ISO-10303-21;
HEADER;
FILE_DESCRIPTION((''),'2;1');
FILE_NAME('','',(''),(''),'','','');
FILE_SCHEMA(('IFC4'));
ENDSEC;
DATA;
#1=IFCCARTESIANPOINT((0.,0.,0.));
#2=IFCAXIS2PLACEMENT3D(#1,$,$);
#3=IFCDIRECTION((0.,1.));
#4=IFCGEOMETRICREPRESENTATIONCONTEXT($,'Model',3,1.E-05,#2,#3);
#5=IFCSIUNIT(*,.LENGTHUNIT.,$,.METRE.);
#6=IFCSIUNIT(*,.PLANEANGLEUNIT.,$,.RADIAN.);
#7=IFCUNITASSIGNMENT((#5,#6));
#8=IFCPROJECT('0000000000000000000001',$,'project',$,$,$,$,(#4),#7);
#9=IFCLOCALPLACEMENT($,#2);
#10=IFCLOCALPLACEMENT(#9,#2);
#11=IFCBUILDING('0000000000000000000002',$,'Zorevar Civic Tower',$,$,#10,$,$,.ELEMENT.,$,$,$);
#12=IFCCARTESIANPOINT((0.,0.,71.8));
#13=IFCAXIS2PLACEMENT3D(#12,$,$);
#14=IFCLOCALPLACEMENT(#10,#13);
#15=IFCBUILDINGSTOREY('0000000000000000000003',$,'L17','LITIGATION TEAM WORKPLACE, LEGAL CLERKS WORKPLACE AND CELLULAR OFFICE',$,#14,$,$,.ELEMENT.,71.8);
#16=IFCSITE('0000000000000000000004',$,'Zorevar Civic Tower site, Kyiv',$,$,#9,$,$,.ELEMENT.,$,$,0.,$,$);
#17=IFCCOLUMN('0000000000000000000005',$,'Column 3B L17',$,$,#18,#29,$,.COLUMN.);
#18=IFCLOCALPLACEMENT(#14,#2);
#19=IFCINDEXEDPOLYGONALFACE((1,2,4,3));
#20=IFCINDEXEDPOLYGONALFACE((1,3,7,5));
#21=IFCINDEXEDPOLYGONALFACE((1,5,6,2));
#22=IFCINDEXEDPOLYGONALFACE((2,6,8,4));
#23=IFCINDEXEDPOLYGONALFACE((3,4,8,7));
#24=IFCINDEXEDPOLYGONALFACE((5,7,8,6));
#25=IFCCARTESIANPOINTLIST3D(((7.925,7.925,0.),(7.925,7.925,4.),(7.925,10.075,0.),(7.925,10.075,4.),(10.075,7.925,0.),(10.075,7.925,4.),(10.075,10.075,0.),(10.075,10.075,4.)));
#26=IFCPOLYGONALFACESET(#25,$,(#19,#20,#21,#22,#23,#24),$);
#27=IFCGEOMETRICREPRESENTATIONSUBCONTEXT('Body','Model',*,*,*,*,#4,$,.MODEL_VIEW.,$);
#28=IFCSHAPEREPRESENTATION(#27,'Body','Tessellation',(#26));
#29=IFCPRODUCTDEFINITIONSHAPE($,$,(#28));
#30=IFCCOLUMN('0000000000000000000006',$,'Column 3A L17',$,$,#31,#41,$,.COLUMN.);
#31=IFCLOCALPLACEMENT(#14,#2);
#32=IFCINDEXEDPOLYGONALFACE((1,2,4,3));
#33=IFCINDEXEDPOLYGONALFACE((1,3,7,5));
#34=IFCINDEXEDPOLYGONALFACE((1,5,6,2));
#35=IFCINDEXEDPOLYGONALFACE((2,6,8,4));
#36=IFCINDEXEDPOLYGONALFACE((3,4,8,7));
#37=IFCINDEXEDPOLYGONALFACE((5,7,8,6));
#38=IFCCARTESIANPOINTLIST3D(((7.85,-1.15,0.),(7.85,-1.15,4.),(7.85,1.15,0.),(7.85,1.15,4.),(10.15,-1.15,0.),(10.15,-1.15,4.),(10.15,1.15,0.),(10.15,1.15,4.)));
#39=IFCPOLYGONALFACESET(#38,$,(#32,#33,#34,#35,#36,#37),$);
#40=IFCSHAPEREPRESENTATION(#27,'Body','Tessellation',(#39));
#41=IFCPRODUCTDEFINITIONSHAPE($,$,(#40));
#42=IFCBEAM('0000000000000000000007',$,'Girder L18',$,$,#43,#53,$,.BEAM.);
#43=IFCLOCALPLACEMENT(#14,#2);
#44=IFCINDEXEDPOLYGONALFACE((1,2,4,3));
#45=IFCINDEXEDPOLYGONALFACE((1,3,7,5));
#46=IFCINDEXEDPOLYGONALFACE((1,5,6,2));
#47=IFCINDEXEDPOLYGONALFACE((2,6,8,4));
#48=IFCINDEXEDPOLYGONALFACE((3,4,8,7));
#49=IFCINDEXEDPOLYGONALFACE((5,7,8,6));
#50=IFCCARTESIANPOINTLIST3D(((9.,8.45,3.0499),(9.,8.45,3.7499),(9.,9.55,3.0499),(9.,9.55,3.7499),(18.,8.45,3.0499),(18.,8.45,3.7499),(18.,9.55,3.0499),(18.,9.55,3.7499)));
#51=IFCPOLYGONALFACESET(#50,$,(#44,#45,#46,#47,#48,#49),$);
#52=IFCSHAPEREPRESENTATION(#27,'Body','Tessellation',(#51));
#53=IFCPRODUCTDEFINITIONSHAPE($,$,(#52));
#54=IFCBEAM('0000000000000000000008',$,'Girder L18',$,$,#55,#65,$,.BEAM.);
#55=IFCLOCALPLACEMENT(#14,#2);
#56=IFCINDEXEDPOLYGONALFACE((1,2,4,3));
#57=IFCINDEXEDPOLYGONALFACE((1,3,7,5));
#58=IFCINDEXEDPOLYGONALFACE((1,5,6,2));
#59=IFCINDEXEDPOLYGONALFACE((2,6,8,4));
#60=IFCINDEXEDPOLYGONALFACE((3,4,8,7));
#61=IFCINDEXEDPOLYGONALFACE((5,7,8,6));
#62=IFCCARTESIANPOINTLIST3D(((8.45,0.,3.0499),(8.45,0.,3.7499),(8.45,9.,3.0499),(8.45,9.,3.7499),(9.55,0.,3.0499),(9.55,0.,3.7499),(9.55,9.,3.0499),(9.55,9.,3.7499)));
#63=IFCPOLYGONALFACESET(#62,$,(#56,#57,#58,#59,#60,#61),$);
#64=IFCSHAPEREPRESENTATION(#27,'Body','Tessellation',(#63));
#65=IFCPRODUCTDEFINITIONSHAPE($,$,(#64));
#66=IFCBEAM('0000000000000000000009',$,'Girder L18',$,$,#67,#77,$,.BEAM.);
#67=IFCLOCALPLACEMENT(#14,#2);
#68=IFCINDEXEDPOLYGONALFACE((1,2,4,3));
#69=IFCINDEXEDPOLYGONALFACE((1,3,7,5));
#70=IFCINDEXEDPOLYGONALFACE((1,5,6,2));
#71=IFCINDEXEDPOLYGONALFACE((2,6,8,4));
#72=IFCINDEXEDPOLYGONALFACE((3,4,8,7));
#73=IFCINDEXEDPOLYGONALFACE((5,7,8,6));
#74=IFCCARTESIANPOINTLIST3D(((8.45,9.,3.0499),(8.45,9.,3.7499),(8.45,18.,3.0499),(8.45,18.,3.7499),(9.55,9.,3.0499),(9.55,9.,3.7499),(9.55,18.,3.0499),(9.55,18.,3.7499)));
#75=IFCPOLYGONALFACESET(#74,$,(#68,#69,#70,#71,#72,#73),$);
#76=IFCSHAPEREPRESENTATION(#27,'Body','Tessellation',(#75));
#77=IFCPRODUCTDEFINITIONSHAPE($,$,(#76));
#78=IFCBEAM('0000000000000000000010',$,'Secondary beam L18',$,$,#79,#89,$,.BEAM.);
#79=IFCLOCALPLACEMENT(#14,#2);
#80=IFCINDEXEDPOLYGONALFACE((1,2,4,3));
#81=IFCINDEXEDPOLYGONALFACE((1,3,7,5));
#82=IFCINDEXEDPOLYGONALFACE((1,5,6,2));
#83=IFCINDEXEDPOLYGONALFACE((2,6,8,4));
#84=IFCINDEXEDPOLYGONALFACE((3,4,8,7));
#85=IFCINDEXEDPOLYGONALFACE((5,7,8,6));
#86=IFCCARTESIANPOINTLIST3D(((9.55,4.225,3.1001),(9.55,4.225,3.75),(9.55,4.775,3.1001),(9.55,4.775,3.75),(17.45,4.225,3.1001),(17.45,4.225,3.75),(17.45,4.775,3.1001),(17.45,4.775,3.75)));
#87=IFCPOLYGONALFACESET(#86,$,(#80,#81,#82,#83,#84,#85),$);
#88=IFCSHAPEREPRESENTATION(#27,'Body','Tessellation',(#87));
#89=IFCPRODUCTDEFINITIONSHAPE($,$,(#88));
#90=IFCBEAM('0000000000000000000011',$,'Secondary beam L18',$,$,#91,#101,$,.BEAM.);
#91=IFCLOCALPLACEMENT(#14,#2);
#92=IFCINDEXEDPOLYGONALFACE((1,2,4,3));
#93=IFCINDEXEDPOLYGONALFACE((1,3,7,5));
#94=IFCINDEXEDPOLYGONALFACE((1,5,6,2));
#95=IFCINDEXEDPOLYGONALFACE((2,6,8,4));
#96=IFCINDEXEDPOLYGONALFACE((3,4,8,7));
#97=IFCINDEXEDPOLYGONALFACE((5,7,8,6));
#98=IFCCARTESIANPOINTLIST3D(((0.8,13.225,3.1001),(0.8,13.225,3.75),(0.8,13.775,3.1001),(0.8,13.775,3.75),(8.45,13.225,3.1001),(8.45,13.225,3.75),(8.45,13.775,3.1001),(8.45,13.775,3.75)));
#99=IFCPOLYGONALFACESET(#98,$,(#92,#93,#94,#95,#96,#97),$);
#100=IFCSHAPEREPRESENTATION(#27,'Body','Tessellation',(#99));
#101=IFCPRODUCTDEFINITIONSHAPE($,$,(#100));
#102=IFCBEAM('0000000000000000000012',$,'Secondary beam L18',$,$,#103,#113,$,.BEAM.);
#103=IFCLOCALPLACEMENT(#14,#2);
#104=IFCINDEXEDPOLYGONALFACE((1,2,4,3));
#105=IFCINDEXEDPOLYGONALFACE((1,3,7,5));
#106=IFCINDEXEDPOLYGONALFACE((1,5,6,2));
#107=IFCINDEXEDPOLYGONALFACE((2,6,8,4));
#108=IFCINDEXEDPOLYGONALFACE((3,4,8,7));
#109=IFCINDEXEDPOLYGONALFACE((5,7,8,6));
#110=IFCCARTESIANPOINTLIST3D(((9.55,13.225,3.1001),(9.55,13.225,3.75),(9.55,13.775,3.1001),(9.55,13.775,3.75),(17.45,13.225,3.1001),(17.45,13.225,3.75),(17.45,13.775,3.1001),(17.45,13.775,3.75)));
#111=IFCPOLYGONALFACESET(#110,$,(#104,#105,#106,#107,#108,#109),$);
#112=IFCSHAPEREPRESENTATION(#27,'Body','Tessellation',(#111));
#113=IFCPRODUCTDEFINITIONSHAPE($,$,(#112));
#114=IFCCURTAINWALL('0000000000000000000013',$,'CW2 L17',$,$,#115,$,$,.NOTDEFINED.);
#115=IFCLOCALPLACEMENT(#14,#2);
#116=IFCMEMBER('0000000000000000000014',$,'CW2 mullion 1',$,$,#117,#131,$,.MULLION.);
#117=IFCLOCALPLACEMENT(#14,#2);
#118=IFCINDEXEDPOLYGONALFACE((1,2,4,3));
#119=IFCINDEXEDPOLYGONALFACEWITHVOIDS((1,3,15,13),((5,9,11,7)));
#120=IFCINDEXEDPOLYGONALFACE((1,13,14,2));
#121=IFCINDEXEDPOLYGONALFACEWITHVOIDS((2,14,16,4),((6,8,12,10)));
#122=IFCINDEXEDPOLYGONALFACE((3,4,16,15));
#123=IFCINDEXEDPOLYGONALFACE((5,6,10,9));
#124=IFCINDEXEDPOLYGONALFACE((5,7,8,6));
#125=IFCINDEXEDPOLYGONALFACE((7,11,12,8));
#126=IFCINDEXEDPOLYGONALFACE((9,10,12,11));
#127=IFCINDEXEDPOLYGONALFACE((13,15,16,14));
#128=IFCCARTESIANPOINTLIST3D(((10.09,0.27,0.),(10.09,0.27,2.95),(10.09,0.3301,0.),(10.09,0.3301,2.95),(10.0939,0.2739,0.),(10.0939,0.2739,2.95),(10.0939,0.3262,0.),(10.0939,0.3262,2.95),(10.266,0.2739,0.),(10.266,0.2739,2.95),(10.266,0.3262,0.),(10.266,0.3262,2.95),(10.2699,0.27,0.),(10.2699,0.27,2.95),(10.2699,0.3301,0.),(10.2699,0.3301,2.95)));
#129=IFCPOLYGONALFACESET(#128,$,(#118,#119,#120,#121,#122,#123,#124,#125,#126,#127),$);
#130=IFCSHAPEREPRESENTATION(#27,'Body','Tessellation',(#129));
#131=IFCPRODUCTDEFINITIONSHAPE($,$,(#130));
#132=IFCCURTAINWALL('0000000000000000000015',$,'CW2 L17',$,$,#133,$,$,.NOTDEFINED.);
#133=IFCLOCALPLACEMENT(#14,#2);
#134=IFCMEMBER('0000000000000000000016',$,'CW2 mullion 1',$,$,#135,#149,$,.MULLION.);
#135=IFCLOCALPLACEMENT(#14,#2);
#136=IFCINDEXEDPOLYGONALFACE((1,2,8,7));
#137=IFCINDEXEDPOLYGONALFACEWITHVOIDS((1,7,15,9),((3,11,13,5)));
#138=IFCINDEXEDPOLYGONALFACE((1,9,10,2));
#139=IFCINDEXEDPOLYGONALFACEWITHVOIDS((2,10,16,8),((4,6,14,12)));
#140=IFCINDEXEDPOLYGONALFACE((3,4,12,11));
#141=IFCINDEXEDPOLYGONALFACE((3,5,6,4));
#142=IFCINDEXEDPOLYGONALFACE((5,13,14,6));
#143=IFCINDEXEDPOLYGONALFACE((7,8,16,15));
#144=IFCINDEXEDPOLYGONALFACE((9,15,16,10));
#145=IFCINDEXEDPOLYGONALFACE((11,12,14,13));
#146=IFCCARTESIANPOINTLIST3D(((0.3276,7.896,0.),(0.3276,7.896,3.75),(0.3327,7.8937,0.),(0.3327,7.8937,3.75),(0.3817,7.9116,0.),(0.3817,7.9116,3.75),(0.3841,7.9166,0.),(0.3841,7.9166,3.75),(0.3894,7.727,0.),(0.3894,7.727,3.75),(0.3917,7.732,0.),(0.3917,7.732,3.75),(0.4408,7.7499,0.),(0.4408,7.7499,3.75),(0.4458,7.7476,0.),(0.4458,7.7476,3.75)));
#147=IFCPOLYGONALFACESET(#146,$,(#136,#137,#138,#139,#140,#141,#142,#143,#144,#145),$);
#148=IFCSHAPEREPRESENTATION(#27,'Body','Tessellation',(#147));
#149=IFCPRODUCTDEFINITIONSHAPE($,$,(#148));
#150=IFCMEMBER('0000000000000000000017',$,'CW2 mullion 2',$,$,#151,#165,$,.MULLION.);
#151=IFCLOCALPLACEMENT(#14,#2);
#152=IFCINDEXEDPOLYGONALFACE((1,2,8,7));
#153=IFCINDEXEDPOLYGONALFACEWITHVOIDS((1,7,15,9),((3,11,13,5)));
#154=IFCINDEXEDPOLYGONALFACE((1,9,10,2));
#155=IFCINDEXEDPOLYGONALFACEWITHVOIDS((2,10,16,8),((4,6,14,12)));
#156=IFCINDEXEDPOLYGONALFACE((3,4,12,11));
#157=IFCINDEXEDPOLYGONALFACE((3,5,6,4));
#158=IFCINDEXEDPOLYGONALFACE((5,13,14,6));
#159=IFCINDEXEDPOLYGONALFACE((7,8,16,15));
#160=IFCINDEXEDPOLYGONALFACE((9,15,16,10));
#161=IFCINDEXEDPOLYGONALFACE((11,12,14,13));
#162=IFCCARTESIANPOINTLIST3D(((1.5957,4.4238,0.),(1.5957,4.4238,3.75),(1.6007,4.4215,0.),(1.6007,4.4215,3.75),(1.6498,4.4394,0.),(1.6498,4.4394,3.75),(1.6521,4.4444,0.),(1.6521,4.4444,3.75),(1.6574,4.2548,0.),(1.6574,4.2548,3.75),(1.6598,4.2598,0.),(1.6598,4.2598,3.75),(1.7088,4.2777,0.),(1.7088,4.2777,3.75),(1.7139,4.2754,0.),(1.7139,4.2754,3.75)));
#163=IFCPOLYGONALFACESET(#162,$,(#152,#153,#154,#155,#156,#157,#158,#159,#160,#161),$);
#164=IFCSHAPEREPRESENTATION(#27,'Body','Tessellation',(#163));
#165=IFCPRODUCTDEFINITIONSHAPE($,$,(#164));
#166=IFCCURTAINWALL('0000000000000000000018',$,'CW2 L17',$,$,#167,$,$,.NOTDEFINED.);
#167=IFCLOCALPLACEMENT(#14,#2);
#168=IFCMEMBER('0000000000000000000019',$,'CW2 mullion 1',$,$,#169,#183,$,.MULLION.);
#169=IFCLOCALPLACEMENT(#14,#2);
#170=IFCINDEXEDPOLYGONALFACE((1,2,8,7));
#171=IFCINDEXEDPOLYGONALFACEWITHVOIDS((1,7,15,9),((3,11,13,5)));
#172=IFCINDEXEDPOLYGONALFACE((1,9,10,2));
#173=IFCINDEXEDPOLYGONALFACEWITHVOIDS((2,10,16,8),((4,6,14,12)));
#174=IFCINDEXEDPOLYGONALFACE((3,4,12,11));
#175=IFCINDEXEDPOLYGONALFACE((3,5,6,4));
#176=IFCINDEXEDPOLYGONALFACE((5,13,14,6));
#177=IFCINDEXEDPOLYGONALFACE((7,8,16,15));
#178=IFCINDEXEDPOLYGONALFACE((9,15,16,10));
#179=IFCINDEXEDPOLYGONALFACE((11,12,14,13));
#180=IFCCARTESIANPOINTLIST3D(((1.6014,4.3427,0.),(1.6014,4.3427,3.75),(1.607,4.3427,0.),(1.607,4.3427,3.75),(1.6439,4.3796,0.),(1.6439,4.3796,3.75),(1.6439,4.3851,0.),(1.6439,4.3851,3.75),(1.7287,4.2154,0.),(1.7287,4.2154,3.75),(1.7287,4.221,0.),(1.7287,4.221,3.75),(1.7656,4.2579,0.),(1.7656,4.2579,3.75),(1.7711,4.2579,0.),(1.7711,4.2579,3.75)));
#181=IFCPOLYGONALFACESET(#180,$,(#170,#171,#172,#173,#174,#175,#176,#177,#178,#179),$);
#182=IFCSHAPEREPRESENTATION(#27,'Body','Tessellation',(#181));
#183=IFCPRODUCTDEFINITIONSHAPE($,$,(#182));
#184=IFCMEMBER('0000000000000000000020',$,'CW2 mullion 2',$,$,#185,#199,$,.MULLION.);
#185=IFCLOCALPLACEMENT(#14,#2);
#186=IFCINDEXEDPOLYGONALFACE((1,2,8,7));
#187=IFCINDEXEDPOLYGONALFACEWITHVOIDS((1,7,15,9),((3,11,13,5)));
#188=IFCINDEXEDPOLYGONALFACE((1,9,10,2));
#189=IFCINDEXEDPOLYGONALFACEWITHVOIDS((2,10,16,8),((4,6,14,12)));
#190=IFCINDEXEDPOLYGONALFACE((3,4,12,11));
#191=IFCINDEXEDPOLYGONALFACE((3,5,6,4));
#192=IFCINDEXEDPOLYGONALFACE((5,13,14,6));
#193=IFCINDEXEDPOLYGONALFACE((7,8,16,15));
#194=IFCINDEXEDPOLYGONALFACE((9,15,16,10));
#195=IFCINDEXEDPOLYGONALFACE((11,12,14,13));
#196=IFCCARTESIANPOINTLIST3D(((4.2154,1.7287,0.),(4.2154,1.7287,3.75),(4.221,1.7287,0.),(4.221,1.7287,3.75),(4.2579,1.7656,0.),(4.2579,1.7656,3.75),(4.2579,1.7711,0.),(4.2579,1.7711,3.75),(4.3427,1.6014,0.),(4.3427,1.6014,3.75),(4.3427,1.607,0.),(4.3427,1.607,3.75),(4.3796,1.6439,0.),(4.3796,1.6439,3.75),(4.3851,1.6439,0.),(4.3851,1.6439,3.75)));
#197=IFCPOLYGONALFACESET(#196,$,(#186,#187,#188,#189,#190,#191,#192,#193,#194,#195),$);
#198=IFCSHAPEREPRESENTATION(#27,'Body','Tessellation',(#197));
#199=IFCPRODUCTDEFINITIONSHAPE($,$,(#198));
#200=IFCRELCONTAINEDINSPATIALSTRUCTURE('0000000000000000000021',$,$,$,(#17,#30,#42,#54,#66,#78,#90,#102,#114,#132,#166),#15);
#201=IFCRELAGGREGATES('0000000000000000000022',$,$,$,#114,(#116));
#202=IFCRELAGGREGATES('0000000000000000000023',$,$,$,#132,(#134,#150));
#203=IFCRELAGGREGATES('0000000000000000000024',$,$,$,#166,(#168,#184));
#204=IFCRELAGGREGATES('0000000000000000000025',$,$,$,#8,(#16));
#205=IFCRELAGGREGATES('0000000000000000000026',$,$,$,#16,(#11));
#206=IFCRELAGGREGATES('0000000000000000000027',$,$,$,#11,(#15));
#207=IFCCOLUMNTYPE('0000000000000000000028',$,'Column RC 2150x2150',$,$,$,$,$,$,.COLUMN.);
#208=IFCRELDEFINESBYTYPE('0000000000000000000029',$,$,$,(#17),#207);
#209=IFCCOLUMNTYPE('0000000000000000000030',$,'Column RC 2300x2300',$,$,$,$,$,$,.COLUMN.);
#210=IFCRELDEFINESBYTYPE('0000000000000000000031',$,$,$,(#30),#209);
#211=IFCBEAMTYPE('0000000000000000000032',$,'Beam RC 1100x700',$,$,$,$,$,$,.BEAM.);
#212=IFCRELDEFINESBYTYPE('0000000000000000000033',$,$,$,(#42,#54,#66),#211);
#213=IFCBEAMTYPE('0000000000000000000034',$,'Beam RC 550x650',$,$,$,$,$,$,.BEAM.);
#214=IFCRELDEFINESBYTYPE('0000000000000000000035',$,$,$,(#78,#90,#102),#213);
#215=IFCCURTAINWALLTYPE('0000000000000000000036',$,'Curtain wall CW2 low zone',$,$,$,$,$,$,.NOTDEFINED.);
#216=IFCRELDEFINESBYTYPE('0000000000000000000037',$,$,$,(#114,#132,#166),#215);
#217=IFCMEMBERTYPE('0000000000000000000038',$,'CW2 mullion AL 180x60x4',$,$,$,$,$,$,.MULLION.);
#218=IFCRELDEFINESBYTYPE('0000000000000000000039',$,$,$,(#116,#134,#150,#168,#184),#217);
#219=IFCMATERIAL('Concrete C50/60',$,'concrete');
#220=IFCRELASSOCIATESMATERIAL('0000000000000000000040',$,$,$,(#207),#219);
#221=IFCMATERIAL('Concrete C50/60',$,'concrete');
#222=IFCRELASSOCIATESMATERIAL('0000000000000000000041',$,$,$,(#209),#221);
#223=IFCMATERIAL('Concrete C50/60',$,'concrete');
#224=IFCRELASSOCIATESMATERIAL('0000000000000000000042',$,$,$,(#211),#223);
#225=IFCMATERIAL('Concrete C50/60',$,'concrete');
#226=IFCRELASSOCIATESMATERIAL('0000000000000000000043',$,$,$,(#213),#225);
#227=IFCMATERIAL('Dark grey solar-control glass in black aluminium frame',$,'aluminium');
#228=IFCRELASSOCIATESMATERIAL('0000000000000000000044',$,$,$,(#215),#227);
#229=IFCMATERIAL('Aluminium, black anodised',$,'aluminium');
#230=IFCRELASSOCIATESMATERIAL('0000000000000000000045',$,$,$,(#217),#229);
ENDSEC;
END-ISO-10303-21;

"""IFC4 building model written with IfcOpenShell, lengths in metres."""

from ifc_helpers import new_model, si_unit, direction, frame, origin, origin_2d, place, context, subcontext, project, spatial, rectangle, hollow_rectangle, extrude, material, material_profile, profile_set, type_object, element, aggregate, save


model = new_model("IFC4")

# Units and contexts
model_context = context("Model", 3, precision=1e-05, world=origin(), true_north=direction((0.0, 1.0)))
body_context = subcontext(model_context, "Body", "Model", "MODEL_VIEW")
ifc_project = project(units=[si_unit("LENGTHUNIT", "METRE"), si_unit("PLANEANGLEUNIT", "RADIAN")], contexts=[model_context])

# Site, building, storey
site_placement = place(None, origin())
site = spatial("IfcSite", under=ifc_project, at=site_placement, Name="Zorevar Civic Tower site, Kyiv", CompositionType="ELEMENT", RefElevation=0.0)
building_placement = place(site_placement, origin())
building = spatial("IfcBuilding", under=site, at=building_placement, Name="Zorevar Civic Tower", CompositionType="ELEMENT")
storey_placement = place(building_placement, frame((0.0, 0.0, 71.8)))
storey = spatial("IfcBuildingStorey", under=building, at=storey_placement, Name="L17", Description="LITIGATION TEAM WORKPLACE, LEGAL CLERKS WORKPLACE AND CELLULAR OFFICE", CompositionType="ELEMENT", Elevation=71.8)

# Columns
ifc_material_1 = material(Name="Concrete C50/60", Category="concrete")
ifc_material_profile_1 = material_profile(ifc_material_1, rectangle(XDim=2.1499, YDim=2.1499, at=origin_2d()), Name="RC 2150x2150")
ifc_profile_set_1 = profile_set([ifc_material_profile_1], Name="Concrete C50/60")
column_type_1 = type_object("IfcColumnType", Name="Column RC 2150x2150", PredefinedType="COLUMN", material=ifc_profile_set_1)
column_1_placement = place(storey_placement, frame((9.0, 9.0, 0.0), z_axis=(0.0, 0.0, 1.0), x_axis=(1.0, 0.0, 0.0)))
element("IfcColumn", 1, at=column_1_placement, inside=storey, type_object=column_type_1, Name="Column 3B L17", PredefinedType="COLUMN", context=body_context, shape_type="SweptSolid", body=[
    extrude(rectangle(XDim=2.1499, YDim=2.1499, at=origin_2d()), origin(), (0.0, 0.0, 1.0), 4.0),
])
ifc_material_2 = material(Name="Concrete C50/60", Category="concrete")
ifc_material_profile_2 = material_profile(ifc_material_2, rectangle(XDim=2.3, YDim=2.3, at=origin_2d()), Name="RC 2300x2300")
ifc_profile_set_2 = profile_set([ifc_material_profile_2], Name="Concrete C50/60")
column_type_2 = type_object("IfcColumnType", Name="Column RC 2300x2300", PredefinedType="COLUMN", material=ifc_profile_set_2)
column_2_placement = place(storey_placement, frame((9.0, 0.0, 0.0), z_axis=(0.0, 0.0, 1.0), x_axis=(1.0, 0.0, 0.0)))
element("IfcColumn", 2, at=column_2_placement, inside=storey, type_object=column_type_2, Name="Column 3A L17", PredefinedType="COLUMN", context=body_context, shape_type="SweptSolid", body=[
    extrude(rectangle(XDim=2.3, YDim=2.3, at=origin_2d()), origin(), (0.0, 0.0, 1.0), 4.0),
])

# Beams
ifc_material_3 = material(Name="Concrete C50/60", Category="concrete")
ifc_material_profile_3 = material_profile(ifc_material_3, rectangle(XDim=1.1001, YDim=0.7, at=origin_2d()), Name="RC 1100x700")
ifc_profile_set_3 = profile_set([ifc_material_profile_3], Name="Concrete C50/60")
beam_type_1 = type_object("IfcBeamType", Name="Beam RC 1100x700", PredefinedType="BEAM", material=ifc_profile_set_3)
for number, where, z_axis, x_axis, name in (
    (3, (9.0, 9.0, 3.3999), (1.0, 0.0, 0.0), (0.0, 1.0, 0.0), "Girder L18"),
    (4, (9.0, 0.0, 3.3999), (0.0, 1.0, 0.0), (-1.0, 0.0, 0.0), "Girder L18"),
    (5, (9.0, 9.0, 3.3999), (0.0, 1.0, 0.0), (-1.0, 0.0, 0.0), "Girder L18"),
):
    element("IfcBeam", number, at=place(storey_placement, frame(where, z_axis=z_axis, x_axis=x_axis)), inside=storey, type_object=beam_type_1, Name=name, PredefinedType="BEAM", context=body_context, shape_type="SweptSolid", body=[
        extrude(rectangle(XDim=1.1001, YDim=0.7, at=origin_2d()), origin(), (0.0, 0.0, 1.0), 9.0),
    ])
ifc_material_4 = material(Name="Concrete C50/60", Category="concrete")
ifc_material_profile_4 = material_profile(ifc_material_4, rectangle(XDim=0.55, YDim=0.6499, at=origin_2d()), Name="RC 550x650")
ifc_profile_set_4 = profile_set([ifc_material_profile_4], Name="Concrete C50/60")
beam_type_2 = type_object("IfcBeamType", Name="Beam RC 550x650", PredefinedType="BEAM", material=ifc_profile_set_4)
beam_1_placement = place(storey_placement, frame((9.55, 4.5, 3.425), z_axis=(1.0, 0.0, 0.0), x_axis=(0.0, 1.0, 0.0)))
element("IfcBeam", 6, at=beam_1_placement, inside=storey, type_object=beam_type_2, Name="Secondary beam L18", PredefinedType="BEAM", context=body_context, shape_type="SweptSolid", body=[
    extrude(rectangle(XDim=0.55, YDim=0.6499, at=origin_2d()), origin(), (0.0, 0.0, 1.0), 7.8999),
])
beam_2_placement = place(storey_placement, frame((0.8, 13.5, 3.425), z_axis=(1.0, 0.0, 0.0), x_axis=(0.0, 1.0, 0.0)))
element("IfcBeam", 7, at=beam_2_placement, inside=storey, type_object=beam_type_2, Name="Secondary beam L18", PredefinedType="BEAM", context=body_context, shape_type="SweptSolid", body=[
    extrude(rectangle(XDim=0.55, YDim=0.6499, at=origin_2d()), origin(), (0.0, 0.0, 1.0), 7.6499),
])
beam_3_placement = place(storey_placement, frame((9.55, 13.5, 3.425), z_axis=(1.0, 0.0, 0.0), x_axis=(0.0, 1.0, 0.0)))
element("IfcBeam", 8, at=beam_3_placement, inside=storey, type_object=beam_type_2, Name="Secondary beam L18", PredefinedType="BEAM", context=body_context, shape_type="SweptSolid", body=[
    extrude(rectangle(XDim=0.55, YDim=0.6499, at=origin_2d()), origin(), (0.0, 0.0, 1.0), 7.8999),
])

# Curtain wall, member
ifc_material_5 = material(Name="Dark grey solar-control glass in black aluminium frame", Category="aluminium")
curtain_wall_type = type_object("IfcCurtainWallType", Name="Curtain wall CW2 low zone", PredefinedType="NOTDEFINED", material=ifc_material_5)
curtain_wall_1_placement = place(storey_placement, origin())
curtain_wall_1 = element("IfcCurtainWall", 9, at=curtain_wall_1_placement, inside=storey, type_object=curtain_wall_type, Name="CW2 L17", PredefinedType="NOTDEFINED")
ifc_material_6 = material(Name="Aluminium, black anodised", Category="aluminium")
ifc_material_profile_5 = material_profile(ifc_material_6, hollow_rectangle(XDim=0.0601, YDim=0.1799, WallThickness=0.0039, at=origin_2d()), Name="AL 180x60x4")
ifc_profile_set_5 = profile_set([ifc_material_profile_5], Name="Aluminium, black anodised")
member_type_1 = type_object("IfcMemberType", Name="CW2 mullion AL 180x60x4", PredefinedType="MULLION", material=ifc_profile_set_5)
member_1_placement = place(storey_placement, frame((10.1799, 0.3, 0.0), z_axis=(0.0, 0.0, 1.0), x_axis=(0.0, 1.0, 0.0)))
member_1 = element("IfcMember", 10, at=member_1_placement, type_object=member_type_1, Name="CW2 mullion 1", PredefinedType="MULLION", context=body_context, shape_type="SweptSolid", body=[
    extrude(hollow_rectangle(XDim=0.0601, YDim=0.1799, WallThickness=0.0039, at=origin_2d()), origin(), (0.0, 0.0, 1.0), 2.95),
])

# Curtain walls, members
curtain_wall_2_placement = place(storey_placement, origin())
curtain_wall_2 = element("IfcCurtainWall", 11, at=curtain_wall_2_placement, inside=storey, type_object=curtain_wall_type, Name="CW2 L17", PredefinedType="NOTDEFINED")
member_2_placement = place(storey_placement, frame((0.3867, 7.8218, 0.0), z_axis=(0.0, 0.0, 1.0), x_axis=(0.939313, 0.34306, 0.0)))
member_2 = element("IfcMember", 12, at=member_2_placement, type_object=member_type_1, Name="CW2 mullion 1", PredefinedType="MULLION", context=body_context, shape_type="SweptSolid", body=[
    extrude(hollow_rectangle(XDim=0.0601, YDim=0.1799, WallThickness=0.0039, at=origin_2d()), origin(), (0.0, 0.0, 1.0), 3.75),
])
member_3_placement = place(storey_placement, frame((1.6548, 4.3496, 0.0), z_axis=(0.0, 0.0, 1.0), x_axis=(0.939313, 0.34306, 0.0)))
member_3 = element("IfcMember", 13, at=member_3_placement, type_object=member_type_1, Name="CW2 mullion 2", PredefinedType="MULLION", context=body_context, shape_type="SweptSolid", body=[
    extrude(hollow_rectangle(XDim=0.0601, YDim=0.1799, WallThickness=0.0039, at=origin_2d()), origin(), (0.0, 0.0, 1.0), 3.75),
])
curtain_wall_3_placement = place(storey_placement, origin())
curtain_wall_3 = element("IfcCurtainWall", 14, at=curtain_wall_3_placement, inside=storey, type_object=curtain_wall_type, Name="CW2 L17", PredefinedType="NOTDEFINED")
member_4_placement = place(storey_placement, frame((1.6863, 4.3003, 0.0), z_axis=(0.0, 0.0, 1.0), x_axis=(0.707107, 0.707107, 0.0)))
member_4 = element("IfcMember", 15, at=member_4_placement, type_object=member_type_1, Name="CW2 mullion 1", PredefinedType="MULLION", context=body_context, shape_type="SweptSolid", body=[
    extrude(hollow_rectangle(XDim=0.0601, YDim=0.1799, WallThickness=0.0039, at=origin_2d()), origin(), (0.0, 0.0, 1.0), 3.75),
])
member_5_placement = place(storey_placement, frame((4.3003, 1.6863, 0.0), z_axis=(0.0, 0.0, 1.0), x_axis=(0.707107, 0.707107, 0.0)))
member_5 = element("IfcMember", 16, at=member_5_placement, type_object=member_type_1, Name="CW2 mullion 2", PredefinedType="MULLION", context=body_context, shape_type="SweptSolid", body=[
    extrude(hollow_rectangle(XDim=0.0601, YDim=0.1799, WallThickness=0.0039, at=origin_2d()), origin(), (0.0, 0.0, 1.0), 3.75),
])

aggregate(curtain_wall_1, [member_1])

aggregate(curtain_wall_2, [member_2, member_3])
aggregate(curtain_wall_3, [member_4, member_5])

save(model, "model.ifc")
